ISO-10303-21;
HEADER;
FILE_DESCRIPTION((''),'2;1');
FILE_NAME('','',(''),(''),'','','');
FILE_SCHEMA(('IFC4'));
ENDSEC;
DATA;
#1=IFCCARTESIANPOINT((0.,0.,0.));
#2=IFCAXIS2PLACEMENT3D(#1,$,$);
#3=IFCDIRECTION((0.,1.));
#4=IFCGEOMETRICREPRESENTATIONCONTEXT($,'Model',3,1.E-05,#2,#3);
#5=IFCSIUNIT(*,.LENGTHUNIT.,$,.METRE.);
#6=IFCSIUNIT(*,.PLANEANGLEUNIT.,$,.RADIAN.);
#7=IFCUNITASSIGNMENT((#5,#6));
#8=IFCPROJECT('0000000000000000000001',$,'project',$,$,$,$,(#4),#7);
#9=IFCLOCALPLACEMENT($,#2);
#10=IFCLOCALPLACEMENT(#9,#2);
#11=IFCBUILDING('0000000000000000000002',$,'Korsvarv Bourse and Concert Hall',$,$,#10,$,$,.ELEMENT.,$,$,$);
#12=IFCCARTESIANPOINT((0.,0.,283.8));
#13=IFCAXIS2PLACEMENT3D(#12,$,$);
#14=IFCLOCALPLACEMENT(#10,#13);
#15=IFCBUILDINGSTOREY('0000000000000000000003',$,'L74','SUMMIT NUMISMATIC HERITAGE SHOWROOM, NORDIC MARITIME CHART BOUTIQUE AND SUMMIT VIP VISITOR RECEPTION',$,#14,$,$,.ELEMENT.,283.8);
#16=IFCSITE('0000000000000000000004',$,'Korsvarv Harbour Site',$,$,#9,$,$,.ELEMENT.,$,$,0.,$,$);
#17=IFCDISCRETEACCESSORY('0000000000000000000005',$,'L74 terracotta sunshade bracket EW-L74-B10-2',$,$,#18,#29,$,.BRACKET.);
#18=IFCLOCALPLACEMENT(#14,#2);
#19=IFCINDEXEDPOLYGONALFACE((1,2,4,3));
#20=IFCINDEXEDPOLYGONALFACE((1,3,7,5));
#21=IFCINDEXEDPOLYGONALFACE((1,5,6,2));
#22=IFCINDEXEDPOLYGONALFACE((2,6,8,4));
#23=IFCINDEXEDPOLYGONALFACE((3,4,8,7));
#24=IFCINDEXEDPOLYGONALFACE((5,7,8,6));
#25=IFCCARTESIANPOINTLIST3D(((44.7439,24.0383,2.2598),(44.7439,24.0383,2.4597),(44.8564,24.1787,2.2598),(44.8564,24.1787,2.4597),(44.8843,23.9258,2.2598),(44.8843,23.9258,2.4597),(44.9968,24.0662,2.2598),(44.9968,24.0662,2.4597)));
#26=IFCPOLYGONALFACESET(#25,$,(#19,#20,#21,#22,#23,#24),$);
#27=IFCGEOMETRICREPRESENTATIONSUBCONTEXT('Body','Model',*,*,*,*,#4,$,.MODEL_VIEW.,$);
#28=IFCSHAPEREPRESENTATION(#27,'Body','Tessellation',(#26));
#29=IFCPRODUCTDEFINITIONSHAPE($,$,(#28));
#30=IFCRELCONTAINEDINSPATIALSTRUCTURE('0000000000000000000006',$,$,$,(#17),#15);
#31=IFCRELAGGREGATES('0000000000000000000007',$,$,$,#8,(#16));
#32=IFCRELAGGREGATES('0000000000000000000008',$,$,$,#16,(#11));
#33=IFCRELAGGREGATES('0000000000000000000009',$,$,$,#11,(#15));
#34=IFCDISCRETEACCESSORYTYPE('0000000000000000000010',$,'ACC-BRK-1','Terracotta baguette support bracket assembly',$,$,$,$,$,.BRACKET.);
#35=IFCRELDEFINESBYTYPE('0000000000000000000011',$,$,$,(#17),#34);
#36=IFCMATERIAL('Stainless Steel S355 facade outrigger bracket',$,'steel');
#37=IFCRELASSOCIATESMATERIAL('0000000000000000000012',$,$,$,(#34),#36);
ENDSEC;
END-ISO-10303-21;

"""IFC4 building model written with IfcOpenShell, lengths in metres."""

from ifc_helpers import new_model, si_unit, direction, frame, origin, origin_2d, place, context, subcontext, project, spatial, rectangle, extrude, source, transform, mapped, material, type_object, element, save


model = new_model("IFC4")

# Units and contexts
model_context = context("Model", 3, precision=1e-05, world=origin(), true_north=direction((0.0, 1.0)))
body_context = subcontext(model_context, "Body", "Model", "MODEL_VIEW")
ifc_project = project(units=[si_unit("LENGTHUNIT", "METRE"), si_unit("PLANEANGLEUNIT", "RADIAN")], contexts=[model_context])

# Site, building, storey
site_placement = place(None, origin())
site = spatial("IfcSite", under=ifc_project, at=site_placement, Name="Korsvarv Harbour Site", CompositionType="ELEMENT", RefElevation=0.0)
building_placement = place(site_placement, origin())
building = spatial("IfcBuilding", under=site, at=building_placement, Name="Korsvarv Bourse and Concert Hall", CompositionType="ELEMENT")
storey_placement = place(building_placement, frame((0.0, 0.0, 283.8)))
storey = spatial("IfcBuildingStorey", under=building, at=storey_placement, Name="L74", Description="SUMMIT NUMISMATIC HERITAGE SHOWROOM, NORDIC MARITIME CHART BOUTIQUE AND SUMMIT VIP VISITOR RECEPTION", CompositionType="ELEMENT", Elevation=283.8)

# Discrete accessory
ifc_material_1 = material(Name="Stainless Steel S355 facade outrigger bracket", Category="steel")
discrete_accessory_type = type_object("IfcDiscreteAccessoryType", Name="ACC-BRK-1", Description="Terracotta baguette support bracket assembly", PredefinedType="BRACKET", material=ifc_material_1)
shared_shape_1 = source(origin(), body_context, "Body", "SweptSolid", [
    extrude(rectangle(XDim=0.1799, YDim=0.1799, at=origin_2d()), origin(), (0.0, 0.0, 1.0), 0.2),
])
for number, where, z_axis, x_axis, name in (
    (1, (44.8704, 24.0522, 2.2598), (0.0, 0.0, 1.0), (0.625379, 0.780321, 0.0), "L74 terracotta sunshade bracket EW-L74-B10-2"),
):
    element("IfcDiscreteAccessory", number, at=place(storey_placement, frame(where, z_axis=z_axis, x_axis=x_axis)), inside=storey, type_object=discrete_accessory_type, Name=name, PredefinedType="BRACKET", context=body_context, shape_type="MappedRepresentation", body=[
        mapped(shared_shape_1, transform((0.0, 0.0, 0.0), scale=1.0)),
    ])

save(model, "model.ifc")
